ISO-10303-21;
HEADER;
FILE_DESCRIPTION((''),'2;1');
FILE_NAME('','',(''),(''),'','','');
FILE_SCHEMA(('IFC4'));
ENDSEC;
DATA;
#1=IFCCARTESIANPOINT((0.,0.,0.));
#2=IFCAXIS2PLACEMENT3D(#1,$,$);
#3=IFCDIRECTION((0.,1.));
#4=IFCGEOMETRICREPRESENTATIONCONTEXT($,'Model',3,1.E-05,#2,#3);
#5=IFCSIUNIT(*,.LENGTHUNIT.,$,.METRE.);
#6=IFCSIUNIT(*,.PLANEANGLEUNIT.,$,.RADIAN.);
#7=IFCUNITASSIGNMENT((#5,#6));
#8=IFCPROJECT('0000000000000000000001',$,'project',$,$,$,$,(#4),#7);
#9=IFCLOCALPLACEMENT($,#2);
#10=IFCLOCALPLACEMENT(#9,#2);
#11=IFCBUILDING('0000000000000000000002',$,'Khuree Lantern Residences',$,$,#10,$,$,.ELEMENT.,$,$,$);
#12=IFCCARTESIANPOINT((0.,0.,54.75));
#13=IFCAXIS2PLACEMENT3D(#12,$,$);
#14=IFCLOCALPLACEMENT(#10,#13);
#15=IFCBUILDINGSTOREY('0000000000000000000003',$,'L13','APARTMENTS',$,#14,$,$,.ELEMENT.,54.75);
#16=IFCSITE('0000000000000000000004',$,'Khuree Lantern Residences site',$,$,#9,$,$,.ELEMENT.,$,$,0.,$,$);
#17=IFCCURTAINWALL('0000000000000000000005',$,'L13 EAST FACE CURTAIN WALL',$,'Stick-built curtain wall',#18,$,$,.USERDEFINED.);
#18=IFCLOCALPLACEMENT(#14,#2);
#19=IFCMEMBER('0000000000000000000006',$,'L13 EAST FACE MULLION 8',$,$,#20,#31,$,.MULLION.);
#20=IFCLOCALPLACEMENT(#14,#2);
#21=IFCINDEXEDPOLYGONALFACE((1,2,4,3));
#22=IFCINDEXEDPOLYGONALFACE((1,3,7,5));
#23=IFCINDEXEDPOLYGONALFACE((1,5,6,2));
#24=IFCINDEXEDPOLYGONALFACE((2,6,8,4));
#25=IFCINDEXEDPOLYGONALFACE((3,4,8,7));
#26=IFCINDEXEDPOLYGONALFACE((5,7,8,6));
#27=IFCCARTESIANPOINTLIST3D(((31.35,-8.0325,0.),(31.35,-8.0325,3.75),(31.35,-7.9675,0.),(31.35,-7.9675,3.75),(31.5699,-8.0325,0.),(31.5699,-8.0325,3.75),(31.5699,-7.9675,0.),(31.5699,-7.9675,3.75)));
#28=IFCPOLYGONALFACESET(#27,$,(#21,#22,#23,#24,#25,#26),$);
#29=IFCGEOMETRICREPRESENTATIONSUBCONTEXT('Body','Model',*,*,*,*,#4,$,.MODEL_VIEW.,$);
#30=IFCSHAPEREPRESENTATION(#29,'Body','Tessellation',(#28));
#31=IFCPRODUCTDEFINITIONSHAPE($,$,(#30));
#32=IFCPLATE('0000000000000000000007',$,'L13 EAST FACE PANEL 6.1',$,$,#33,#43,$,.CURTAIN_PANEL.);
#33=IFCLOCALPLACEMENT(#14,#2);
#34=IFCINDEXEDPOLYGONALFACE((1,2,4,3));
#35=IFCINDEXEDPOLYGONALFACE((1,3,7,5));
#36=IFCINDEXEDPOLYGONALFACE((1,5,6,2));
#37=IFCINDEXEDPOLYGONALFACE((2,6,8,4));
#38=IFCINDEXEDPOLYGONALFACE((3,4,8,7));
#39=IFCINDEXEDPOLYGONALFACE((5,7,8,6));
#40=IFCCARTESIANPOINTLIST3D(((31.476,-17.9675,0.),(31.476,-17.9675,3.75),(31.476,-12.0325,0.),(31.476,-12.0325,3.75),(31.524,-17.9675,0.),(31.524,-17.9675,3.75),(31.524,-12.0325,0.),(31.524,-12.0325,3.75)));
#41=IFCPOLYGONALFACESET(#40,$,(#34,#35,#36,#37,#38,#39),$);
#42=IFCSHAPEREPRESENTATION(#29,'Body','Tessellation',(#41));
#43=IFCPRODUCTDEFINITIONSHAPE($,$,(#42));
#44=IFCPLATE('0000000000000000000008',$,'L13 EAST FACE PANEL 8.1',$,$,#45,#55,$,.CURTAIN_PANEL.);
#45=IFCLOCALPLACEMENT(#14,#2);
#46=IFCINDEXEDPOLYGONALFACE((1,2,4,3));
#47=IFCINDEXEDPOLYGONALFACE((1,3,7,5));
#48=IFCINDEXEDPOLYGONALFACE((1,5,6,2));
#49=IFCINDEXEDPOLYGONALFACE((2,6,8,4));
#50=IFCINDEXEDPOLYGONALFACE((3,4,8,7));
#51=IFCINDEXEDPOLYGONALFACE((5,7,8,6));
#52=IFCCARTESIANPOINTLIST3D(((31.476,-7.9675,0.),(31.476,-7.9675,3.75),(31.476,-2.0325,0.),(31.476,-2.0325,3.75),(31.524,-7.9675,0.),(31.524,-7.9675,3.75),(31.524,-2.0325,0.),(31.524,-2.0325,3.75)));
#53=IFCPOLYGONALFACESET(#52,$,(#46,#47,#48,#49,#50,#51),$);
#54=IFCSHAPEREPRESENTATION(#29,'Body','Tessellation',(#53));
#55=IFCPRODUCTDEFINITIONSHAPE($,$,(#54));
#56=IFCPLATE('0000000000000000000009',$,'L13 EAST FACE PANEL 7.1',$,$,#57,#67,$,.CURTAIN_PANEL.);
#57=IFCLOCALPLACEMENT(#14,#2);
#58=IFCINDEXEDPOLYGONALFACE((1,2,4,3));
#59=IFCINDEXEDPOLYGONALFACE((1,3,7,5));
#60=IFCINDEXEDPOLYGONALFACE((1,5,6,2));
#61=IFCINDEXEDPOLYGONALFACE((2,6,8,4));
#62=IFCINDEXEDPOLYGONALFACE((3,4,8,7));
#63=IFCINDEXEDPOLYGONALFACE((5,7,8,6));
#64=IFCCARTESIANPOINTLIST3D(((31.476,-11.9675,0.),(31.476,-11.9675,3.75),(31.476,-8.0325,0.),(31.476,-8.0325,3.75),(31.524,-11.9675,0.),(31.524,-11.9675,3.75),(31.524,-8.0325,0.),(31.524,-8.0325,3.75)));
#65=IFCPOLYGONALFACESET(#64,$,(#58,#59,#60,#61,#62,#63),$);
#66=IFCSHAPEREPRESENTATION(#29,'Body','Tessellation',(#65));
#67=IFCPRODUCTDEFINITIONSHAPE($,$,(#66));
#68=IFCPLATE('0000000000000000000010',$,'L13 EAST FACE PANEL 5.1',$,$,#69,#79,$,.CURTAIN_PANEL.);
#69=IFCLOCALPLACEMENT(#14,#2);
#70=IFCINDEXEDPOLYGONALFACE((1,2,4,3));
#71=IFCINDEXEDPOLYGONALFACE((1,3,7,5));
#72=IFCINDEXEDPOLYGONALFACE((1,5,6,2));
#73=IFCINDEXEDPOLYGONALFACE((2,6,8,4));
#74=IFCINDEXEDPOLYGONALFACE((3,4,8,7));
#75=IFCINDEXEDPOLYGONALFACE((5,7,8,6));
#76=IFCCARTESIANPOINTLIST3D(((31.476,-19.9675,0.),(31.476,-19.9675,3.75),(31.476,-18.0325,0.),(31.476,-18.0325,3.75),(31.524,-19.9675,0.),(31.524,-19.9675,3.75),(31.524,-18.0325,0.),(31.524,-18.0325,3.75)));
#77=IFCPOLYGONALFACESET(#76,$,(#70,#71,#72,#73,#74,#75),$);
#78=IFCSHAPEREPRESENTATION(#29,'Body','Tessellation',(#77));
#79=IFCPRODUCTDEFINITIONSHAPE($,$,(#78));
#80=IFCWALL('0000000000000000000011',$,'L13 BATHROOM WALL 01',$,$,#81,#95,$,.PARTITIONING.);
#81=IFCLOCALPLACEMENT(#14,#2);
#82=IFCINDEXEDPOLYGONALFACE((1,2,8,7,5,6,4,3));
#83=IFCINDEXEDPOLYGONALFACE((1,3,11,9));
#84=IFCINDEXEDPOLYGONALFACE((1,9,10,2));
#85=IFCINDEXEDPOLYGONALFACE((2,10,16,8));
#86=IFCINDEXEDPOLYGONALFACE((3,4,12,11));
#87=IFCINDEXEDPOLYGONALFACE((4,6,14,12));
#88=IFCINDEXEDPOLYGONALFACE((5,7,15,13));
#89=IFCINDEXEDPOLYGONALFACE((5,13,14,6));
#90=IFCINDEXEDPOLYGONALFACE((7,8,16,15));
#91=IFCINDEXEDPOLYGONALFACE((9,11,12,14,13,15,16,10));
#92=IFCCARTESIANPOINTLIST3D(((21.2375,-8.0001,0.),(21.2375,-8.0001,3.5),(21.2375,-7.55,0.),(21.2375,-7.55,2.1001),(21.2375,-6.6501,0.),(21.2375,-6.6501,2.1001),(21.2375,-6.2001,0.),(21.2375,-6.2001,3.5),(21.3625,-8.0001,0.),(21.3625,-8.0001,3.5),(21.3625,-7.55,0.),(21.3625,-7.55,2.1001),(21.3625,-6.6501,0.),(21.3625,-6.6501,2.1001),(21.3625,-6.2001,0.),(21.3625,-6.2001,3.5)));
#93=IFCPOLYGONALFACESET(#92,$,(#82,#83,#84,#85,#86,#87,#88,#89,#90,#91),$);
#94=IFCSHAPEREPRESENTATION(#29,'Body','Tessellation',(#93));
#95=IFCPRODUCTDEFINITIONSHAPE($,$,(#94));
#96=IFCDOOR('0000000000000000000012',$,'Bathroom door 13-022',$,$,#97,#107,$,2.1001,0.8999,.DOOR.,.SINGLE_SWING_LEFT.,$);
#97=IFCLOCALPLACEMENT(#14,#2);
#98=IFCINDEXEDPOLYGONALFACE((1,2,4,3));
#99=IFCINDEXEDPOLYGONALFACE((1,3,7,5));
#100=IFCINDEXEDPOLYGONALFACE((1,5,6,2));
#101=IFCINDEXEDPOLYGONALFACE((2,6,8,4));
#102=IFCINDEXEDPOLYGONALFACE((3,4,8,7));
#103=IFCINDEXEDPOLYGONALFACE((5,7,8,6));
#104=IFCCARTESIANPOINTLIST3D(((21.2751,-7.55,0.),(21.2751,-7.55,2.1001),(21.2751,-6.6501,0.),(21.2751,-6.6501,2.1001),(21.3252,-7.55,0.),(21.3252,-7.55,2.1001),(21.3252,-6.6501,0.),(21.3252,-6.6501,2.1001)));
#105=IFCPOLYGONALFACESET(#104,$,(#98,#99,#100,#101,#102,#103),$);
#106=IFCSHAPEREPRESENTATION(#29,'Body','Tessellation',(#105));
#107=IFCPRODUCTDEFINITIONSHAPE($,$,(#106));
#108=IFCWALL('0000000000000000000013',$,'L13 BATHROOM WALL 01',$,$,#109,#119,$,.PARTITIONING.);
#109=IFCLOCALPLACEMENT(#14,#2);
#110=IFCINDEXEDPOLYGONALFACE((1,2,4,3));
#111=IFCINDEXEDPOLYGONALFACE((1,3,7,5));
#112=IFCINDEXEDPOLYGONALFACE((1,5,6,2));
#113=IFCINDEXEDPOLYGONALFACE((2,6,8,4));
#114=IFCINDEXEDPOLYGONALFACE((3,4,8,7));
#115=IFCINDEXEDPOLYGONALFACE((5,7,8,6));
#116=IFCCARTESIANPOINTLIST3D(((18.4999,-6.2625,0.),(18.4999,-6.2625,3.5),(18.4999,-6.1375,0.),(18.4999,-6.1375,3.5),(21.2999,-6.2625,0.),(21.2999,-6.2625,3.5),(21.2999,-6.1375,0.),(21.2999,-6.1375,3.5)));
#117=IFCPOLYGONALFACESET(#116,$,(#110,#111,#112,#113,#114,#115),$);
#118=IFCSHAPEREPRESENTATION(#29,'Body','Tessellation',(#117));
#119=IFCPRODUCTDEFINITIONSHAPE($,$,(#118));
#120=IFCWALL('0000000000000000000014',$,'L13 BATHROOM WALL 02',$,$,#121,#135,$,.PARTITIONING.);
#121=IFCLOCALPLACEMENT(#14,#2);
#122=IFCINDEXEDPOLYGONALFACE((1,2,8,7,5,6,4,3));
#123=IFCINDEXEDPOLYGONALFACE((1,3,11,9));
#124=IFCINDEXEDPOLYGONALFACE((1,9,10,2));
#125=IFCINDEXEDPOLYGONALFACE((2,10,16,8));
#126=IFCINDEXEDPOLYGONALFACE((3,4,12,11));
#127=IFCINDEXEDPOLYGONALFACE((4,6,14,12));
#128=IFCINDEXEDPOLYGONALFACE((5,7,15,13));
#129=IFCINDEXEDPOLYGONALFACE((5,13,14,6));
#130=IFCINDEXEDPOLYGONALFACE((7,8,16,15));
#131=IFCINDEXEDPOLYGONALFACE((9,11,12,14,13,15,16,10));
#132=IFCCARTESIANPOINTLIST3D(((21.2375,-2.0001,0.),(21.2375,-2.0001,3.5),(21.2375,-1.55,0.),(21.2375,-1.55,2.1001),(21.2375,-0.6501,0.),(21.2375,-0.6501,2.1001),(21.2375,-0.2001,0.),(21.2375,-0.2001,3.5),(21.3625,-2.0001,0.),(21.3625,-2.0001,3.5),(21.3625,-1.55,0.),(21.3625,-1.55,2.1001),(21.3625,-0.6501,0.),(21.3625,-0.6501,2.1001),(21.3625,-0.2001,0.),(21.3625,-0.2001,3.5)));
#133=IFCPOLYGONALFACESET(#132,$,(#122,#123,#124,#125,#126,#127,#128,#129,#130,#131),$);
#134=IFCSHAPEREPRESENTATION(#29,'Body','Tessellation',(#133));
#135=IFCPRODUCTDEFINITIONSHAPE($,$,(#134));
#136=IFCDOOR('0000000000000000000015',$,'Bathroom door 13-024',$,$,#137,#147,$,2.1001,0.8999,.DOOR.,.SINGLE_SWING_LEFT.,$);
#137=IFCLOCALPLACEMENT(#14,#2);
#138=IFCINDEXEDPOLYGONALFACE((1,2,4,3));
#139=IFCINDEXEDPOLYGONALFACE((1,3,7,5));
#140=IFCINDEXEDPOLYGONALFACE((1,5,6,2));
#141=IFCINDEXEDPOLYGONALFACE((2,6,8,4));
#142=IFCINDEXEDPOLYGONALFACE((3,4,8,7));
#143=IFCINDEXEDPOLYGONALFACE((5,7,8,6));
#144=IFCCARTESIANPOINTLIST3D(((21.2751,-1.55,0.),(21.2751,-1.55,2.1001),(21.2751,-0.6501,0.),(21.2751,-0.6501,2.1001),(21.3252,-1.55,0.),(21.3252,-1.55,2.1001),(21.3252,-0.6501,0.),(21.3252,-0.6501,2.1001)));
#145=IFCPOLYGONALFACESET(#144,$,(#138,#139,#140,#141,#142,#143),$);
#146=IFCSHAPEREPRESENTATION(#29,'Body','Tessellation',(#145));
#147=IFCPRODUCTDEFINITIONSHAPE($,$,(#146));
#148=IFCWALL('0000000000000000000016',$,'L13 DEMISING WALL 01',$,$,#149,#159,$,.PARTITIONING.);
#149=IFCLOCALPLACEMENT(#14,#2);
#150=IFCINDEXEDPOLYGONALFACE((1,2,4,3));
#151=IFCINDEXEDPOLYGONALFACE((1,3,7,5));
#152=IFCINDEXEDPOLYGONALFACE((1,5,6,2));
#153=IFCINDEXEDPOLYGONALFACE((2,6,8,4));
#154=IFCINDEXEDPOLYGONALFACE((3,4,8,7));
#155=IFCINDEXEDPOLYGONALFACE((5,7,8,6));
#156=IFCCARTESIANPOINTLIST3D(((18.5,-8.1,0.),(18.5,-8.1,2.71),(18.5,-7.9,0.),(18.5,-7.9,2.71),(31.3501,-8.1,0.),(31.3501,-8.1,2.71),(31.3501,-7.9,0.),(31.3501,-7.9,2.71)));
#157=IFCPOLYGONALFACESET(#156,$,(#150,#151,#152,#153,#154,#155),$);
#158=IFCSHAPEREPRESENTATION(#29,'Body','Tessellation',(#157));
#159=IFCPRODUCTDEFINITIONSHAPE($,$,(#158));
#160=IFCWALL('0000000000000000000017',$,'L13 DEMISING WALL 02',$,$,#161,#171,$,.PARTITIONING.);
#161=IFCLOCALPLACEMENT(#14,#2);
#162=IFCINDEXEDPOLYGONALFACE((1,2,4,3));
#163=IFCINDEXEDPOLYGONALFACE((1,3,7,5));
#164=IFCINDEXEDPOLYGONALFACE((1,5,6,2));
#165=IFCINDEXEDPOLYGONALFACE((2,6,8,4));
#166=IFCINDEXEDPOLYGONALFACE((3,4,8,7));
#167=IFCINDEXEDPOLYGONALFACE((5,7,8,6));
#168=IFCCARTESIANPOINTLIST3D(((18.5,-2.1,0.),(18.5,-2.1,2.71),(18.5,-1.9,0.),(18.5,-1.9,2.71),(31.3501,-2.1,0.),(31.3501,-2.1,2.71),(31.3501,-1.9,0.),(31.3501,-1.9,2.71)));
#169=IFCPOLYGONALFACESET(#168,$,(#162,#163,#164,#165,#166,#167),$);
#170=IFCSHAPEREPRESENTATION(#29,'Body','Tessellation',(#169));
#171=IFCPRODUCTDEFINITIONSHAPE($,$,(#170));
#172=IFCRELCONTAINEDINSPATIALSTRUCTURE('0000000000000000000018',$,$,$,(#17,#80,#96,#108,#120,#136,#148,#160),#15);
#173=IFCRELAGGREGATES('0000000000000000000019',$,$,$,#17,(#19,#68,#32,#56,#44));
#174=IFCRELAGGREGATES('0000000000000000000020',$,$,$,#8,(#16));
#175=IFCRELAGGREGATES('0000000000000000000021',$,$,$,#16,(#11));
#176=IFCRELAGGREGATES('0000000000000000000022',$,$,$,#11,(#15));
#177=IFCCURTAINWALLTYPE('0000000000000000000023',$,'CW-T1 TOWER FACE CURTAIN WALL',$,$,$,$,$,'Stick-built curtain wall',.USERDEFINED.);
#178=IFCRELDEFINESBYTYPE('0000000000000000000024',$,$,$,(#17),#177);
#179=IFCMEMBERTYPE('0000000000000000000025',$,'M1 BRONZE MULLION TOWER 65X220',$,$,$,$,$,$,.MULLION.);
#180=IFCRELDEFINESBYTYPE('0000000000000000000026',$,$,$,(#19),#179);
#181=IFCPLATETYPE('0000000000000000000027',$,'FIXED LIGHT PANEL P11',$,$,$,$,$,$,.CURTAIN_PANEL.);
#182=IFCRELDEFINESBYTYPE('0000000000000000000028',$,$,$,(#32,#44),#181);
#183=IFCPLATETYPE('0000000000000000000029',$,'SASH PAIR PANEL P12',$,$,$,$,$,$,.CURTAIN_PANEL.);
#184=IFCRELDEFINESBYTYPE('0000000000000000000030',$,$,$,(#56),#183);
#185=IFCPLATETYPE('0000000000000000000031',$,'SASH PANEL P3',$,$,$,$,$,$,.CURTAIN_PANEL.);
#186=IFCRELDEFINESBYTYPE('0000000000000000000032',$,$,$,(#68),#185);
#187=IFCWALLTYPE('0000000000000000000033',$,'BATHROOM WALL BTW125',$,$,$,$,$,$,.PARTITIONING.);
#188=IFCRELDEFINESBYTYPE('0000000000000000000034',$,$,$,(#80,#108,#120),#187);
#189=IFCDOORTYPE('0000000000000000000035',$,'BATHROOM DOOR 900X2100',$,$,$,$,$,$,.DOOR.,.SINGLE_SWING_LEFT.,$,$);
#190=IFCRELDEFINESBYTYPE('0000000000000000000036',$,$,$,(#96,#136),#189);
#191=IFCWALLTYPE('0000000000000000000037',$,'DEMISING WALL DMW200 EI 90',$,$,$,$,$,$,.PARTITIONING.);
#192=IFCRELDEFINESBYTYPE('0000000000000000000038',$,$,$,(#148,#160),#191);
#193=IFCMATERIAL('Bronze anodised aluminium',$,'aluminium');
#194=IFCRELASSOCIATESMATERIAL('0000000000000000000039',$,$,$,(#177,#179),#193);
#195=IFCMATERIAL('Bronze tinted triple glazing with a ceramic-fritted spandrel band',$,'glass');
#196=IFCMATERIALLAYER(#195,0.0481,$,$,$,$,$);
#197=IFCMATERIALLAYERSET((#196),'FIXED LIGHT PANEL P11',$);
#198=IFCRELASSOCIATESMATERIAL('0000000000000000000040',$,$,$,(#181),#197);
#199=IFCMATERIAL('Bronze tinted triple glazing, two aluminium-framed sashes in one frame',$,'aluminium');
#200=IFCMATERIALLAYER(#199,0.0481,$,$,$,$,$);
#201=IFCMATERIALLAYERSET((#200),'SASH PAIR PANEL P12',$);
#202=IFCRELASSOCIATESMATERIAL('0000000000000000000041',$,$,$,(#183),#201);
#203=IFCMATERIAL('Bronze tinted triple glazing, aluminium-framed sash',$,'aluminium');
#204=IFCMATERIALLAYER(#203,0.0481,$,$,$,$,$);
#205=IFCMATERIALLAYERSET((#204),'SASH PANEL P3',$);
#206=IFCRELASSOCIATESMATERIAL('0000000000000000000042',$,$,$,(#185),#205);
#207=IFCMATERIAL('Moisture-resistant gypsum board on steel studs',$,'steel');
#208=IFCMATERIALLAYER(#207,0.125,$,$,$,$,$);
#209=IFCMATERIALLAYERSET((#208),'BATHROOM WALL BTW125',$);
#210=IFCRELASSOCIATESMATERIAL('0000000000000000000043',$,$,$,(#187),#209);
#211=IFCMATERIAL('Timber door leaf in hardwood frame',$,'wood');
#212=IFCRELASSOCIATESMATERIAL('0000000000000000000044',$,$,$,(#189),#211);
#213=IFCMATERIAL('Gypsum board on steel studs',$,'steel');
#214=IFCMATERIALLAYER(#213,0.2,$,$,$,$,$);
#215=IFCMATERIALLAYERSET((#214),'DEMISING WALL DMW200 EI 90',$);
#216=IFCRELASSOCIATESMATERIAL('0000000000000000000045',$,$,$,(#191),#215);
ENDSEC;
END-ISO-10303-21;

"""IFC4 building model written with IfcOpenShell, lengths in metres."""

from ifc_helpers import new_model, si_unit, direction, frame, frame_2d, origin, origin_2d, place, context, subcontext, project, spatial, rectangle, extrude, material, layer, layer_set, material_profile, profile_set, type_object, element, fill, aggregate, save


model = new_model("IFC4")

# Units and contexts
model_context = context("Model", 3, precision=1e-05, world=origin(), true_north=direction((0.0, 1.0)))
body_context = subcontext(model_context, "Body", "Model", "MODEL_VIEW")
ifc_project = project(units=[si_unit("LENGTHUNIT", "METRE"), si_unit("PLANEANGLEUNIT", "RADIAN")], contexts=[model_context])

# Site, building, storey
site_placement = place(None, origin())
site = spatial("IfcSite", under=ifc_project, at=site_placement, Name="Khuree Lantern Residences site", CompositionType="ELEMENT", RefElevation=0.0)
building_placement = place(site_placement, origin())
building = spatial("IfcBuilding", under=site, at=building_placement, Name="Khuree Lantern Residences", CompositionType="ELEMENT")
storey_placement = place(building_placement, frame((0.0, 0.0, 54.75)))
storey = spatial("IfcBuildingStorey", under=building, at=storey_placement, Name="L13", Description="APARTMENTS", CompositionType="ELEMENT", Elevation=54.75)

# Curtain wall
ifc_material_1 = material(Name="Bronze anodised aluminium", Category="aluminium")
curtain_wall_type = type_object("IfcCurtainWallType", Name="CW-T1 TOWER FACE CURTAIN WALL", ElementType="Stick-built curtain wall", PredefinedType="USERDEFINED", material=ifc_material_1)
curtain_wall_placement = place(storey_placement, origin())
curtain_wall = element("IfcCurtainWall", 1, at=curtain_wall_placement, inside=storey, type_object=curtain_wall_type, Name="L13 EAST FACE CURTAIN WALL", ObjectType="Stick-built curtain wall", PredefinedType="USERDEFINED")

# Member
ifc_material_profile_1 = material_profile(ifc_material_1, rectangle(XDim=0.0649, YDim=0.22, at=origin_2d()), Name="M1 65X220")
ifc_profile_set_1 = profile_set([ifc_material_profile_1], Name="Bronze anodised aluminium")
member_type_1 = type_object("IfcMemberType", Name="M1 BRONZE MULLION TOWER 65X220", PredefinedType="MULLION", material=ifc_profile_set_1)
member_1_placement = place(storey_placement, frame((31.46, -8.0, 0.0), z_axis=(0.0, 0.0, 1.0), x_axis=(0.0, 1.0, 0.0)))
member_1 = element("IfcMember", 2, at=member_1_placement, type_object=member_type_1, Name="L13 EAST FACE MULLION 8", PredefinedType="MULLION", context=body_context, shape_type="SweptSolid", body=[
    extrude(rectangle(XDim=0.0649, YDim=0.22, at=origin_2d()), origin(), (0.0, 0.0, 1.0), 3.75),
])

# Plates
ifc_material_2 = material(Name="Bronze tinted triple glazing with a ceramic-fritted spandrel band", Category="glass")
ifc_layer_1 = layer(ifc_material_2, 0.0481)
ifc_layer_set_1 = layer_set([ifc_layer_1], Name="FIXED LIGHT PANEL P11")
plate_type_1 = type_object("IfcPlateType", Name="FIXED LIGHT PANEL P11", PredefinedType="CURTAIN_PANEL", material=ifc_layer_set_1)
plate_1_placement = place(storey_placement, frame((31.5, -15.0, 0.0), z_axis=(0.0, 0.0, 1.0), x_axis=(0.0, 1.0, 0.0)))
plate_1 = element("IfcPlate", 3, at=plate_1_placement, type_object=plate_type_1, Name="L13 EAST FACE PANEL 6.1", PredefinedType="CURTAIN_PANEL", context=body_context, shape_type="SweptSolid", body=[
    extrude(rectangle(XDim=5.9351, YDim=0.0481, at=origin_2d()), origin(), (0.0, 0.0, 1.0), 3.75),
])
plate_2_placement = place(storey_placement, frame((31.5, -5.0, 0.0), z_axis=(0.0, 0.0, 1.0), x_axis=(0.0, 1.0, 0.0)))
plate_2 = element("IfcPlate", 4, at=plate_2_placement, type_object=plate_type_1, Name="L13 EAST FACE PANEL 8.1", PredefinedType="CURTAIN_PANEL", context=body_context, shape_type="SweptSolid", body=[
    extrude(rectangle(XDim=5.9351, YDim=0.0481, at=origin_2d()), origin(), (0.0, 0.0, 1.0), 3.75),
])
ifc_material_3 = material(Name="Bronze tinted triple glazing, two aluminium-framed sashes in one frame", Category="aluminium")
ifc_layer_2 = layer(ifc_material_3, 0.0481)
ifc_layer_set_2 = layer_set([ifc_layer_2], Name="SASH PAIR PANEL P12")
plate_type_2 = type_object("IfcPlateType", Name="SASH PAIR PANEL P12", PredefinedType="CURTAIN_PANEL", material=ifc_layer_set_2)
plate_3_placement = place(storey_placement, frame((31.5, -10.0, 0.0), z_axis=(0.0, 0.0, 1.0), x_axis=(0.0, 1.0, 0.0)))
plate_3 = element("IfcPlate", 5, at=plate_3_placement, type_object=plate_type_2, Name="L13 EAST FACE PANEL 7.1", PredefinedType="CURTAIN_PANEL", context=body_context, shape_type="SweptSolid", body=[
    extrude(rectangle(XDim=3.9351, YDim=0.0481, at=origin_2d()), origin(), (0.0, 0.0, 1.0), 3.75),
])
ifc_material_4 = material(Name="Bronze tinted triple glazing, aluminium-framed sash", Category="aluminium")
ifc_layer_3 = layer(ifc_material_4, 0.0481)
ifc_layer_set_3 = layer_set([ifc_layer_3], Name="SASH PANEL P3")
plate_type_3 = type_object("IfcPlateType", Name="SASH PANEL P3", PredefinedType="CURTAIN_PANEL", material=ifc_layer_set_3)
plate_4_placement = place(storey_placement, frame((31.5, -19.0, 0.0), z_axis=(0.0, 0.0, 1.0), x_axis=(0.0, 1.0, 0.0)))
plate_4 = element("IfcPlate", 6, at=plate_4_placement, type_object=plate_type_3, Name="L13 EAST FACE PANEL 5.1", PredefinedType="CURTAIN_PANEL", context=body_context, shape_type="SweptSolid", body=[
    extrude(rectangle(XDim=1.9351, YDim=0.0481, at=origin_2d()), origin(), (0.0, 0.0, 1.0), 3.75),
])
aggregate(curtain_wall, [member_1, plate_4, plate_1, plate_3, plate_2])

# Wall, opening, door
ifc_material_5 = material(Name="Moisture-resistant gypsum board on steel studs", Category="steel")
ifc_layer_4 = layer(ifc_material_5, 0.125)
ifc_layer_set_4 = layer_set([ifc_layer_4], Name="BATHROOM WALL BTW125")
wall_type_1 = type_object("IfcWallType", Name="BATHROOM WALL BTW125", PredefinedType="PARTITIONING", material=ifc_layer_set_4)
wall_1_placement = place(storey_placement, frame((21.3, -8.0, 0.0), z_axis=(0.0, 0.0, 1.0), x_axis=(0.0, 1.0, 0.0)))
wall_1 = element("IfcWall", 7, at=wall_1_placement, inside=storey, type_object=wall_type_1, Name="L13 BATHROOM WALL 01", PredefinedType="PARTITIONING", context=body_context, shape_type="SweptSolid", body=[
    extrude(rectangle(XDim=1.8, YDim=0.125, at=frame_2d((0.8999, 0.0))), origin(), (0.0, 0.0, 1.0), 3.5),
])
opening_1_placement = place(wall_1_placement, frame((0.45, 0.0, 0.0)))
opening_1 = element("IfcOpeningElement", 8, at=opening_1_placement, cuts=wall_1, PredefinedType="OPENING", context=body_context, shape_type="SweptSolid", body=[
    extrude(rectangle(XDim=0.8999, YDim=2.1001, at=frame_2d((0.45, 1.05))), frame((0.0, 0.0725, 0.0), z_axis=(0.0, -1.0, 0.0), x_axis=(1.0, 0.0, 0.0)), (0.0, 0.0, 1.0), 0.145),
])
ifc_material_6 = material(Name="Timber door leaf in hardwood frame", Category="wood")
door_type_1 = type_object("IfcDoorType", Name="BATHROOM DOOR 900X2100", OperationType="SINGLE_SWING_LEFT", PredefinedType="DOOR", material=ifc_material_6)
door_1_placement = place(opening_1_placement, origin())
door_1 = element("IfcDoor", 9, at=door_1_placement, inside=storey, type_object=door_type_1, Name="Bathroom door 13-022", OperationType="SINGLE_SWING_LEFT", OverallHeight=2.1001, OverallWidth=0.8999, PredefinedType="DOOR", context=body_context, shape_type="SweptSolid", body=[
    extrude(rectangle(XDim=0.8999, YDim=2.1001, at=frame_2d((0.45, 1.05))), frame((0.0, 0.0249, 0.0), z_axis=(0.0, -1.0, 0.0), x_axis=(1.0, 0.0, 0.0)), (0.0, 0.0, 1.0), 0.05),
])
fill(opening_1, door_1)

# Wall
wall_2_placement = place(storey_placement, frame((18.5, -6.2, 0.0), z_axis=(0.0, 0.0, 1.0), x_axis=(1.0, 0.0, 0.0)))
element("IfcWall", 10, at=wall_2_placement, inside=storey, type_object=wall_type_1, Name="L13 BATHROOM WALL 01", PredefinedType="PARTITIONING", context=body_context, shape_type="SweptSolid", body=[
    extrude(rectangle(XDim=2.8, YDim=0.125, at=frame_2d((1.3999, 0.0))), origin(), (0.0, 0.0, 1.0), 3.5),
])

# Wall, opening, door
wall_3_placement = place(storey_placement, frame((21.3, -2.0, 0.0), z_axis=(0.0, 0.0, 1.0), x_axis=(0.0, 1.0, 0.0)))
wall_3 = element("IfcWall", 11, at=wall_3_placement, inside=storey, type_object=wall_type_1, Name="L13 BATHROOM WALL 02", PredefinedType="PARTITIONING", context=body_context, shape_type="SweptSolid", body=[
    extrude(rectangle(XDim=1.8, YDim=0.125, at=frame_2d((0.8999, 0.0))), origin(), (0.0, 0.0, 1.0), 3.5),
])
opening_2_placement = place(wall_3_placement, frame((0.45, 0.0, 0.0)))
opening_2 = element("IfcOpeningElement", 12, at=opening_2_placement, cuts=wall_3, PredefinedType="OPENING", context=body_context, shape_type="SweptSolid", body=[
    extrude(rectangle(XDim=0.8999, YDim=2.1001, at=frame_2d((0.45, 1.05))), frame((0.0, 0.0725, 0.0), z_axis=(0.0, -1.0, 0.0), x_axis=(1.0, 0.0, 0.0)), (0.0, 0.0, 1.0), 0.145),
])
door_2_placement = place(opening_2_placement, origin())
door_2 = element("IfcDoor", 13, at=door_2_placement, inside=storey, type_object=door_type_1, Name="Bathroom door 13-024", OperationType="SINGLE_SWING_LEFT", OverallHeight=2.1001, OverallWidth=0.8999, PredefinedType="DOOR", context=body_context, shape_type="SweptSolid", body=[
    extrude(rectangle(XDim=0.8999, YDim=2.1001, at=frame_2d((0.45, 1.05))), frame((0.0, 0.0249, 0.0), z_axis=(0.0, -1.0, 0.0), x_axis=(1.0, 0.0, 0.0)), (0.0, 0.0, 1.0), 0.05),
])
fill(opening_2, door_2)

# Walls
ifc_material_7 = material(Name="Gypsum board on steel studs", Category="steel")
ifc_layer_5 = layer(ifc_material_7, 0.2)
ifc_layer_set_5 = layer_set([ifc_layer_5], Name="DEMISING WALL DMW200 EI 90")
wall_type_2 = type_object("IfcWallType", Name="DEMISING WALL DMW200 EI 90", PredefinedType="PARTITIONING", material=ifc_layer_set_5)
for number, where, z_axis, x_axis, name in (
    (14, (18.5, -8.0, 0.0), (0.0, 0.0, 1.0), (1.0, 0.0, 0.0), "L13 DEMISING WALL 01"),
    (15, (18.5, -2.0, 0.0), (0.0, 0.0, 1.0), (1.0, 0.0, 0.0), "L13 DEMISING WALL 02"),
):
    element("IfcWall", number, at=place(storey_placement, frame(where, z_axis=z_axis, x_axis=x_axis)), inside=storey, type_object=wall_type_2, Name=name, PredefinedType="PARTITIONING", context=body_context, shape_type="SweptSolid", body=[
        extrude(rectangle(XDim=12.8501, YDim=0.2, at=frame_2d((6.425, 0.0))), origin(), (0.0, 0.0, 1.0), 2.71),
    ])

save(model, "model.ifc")
